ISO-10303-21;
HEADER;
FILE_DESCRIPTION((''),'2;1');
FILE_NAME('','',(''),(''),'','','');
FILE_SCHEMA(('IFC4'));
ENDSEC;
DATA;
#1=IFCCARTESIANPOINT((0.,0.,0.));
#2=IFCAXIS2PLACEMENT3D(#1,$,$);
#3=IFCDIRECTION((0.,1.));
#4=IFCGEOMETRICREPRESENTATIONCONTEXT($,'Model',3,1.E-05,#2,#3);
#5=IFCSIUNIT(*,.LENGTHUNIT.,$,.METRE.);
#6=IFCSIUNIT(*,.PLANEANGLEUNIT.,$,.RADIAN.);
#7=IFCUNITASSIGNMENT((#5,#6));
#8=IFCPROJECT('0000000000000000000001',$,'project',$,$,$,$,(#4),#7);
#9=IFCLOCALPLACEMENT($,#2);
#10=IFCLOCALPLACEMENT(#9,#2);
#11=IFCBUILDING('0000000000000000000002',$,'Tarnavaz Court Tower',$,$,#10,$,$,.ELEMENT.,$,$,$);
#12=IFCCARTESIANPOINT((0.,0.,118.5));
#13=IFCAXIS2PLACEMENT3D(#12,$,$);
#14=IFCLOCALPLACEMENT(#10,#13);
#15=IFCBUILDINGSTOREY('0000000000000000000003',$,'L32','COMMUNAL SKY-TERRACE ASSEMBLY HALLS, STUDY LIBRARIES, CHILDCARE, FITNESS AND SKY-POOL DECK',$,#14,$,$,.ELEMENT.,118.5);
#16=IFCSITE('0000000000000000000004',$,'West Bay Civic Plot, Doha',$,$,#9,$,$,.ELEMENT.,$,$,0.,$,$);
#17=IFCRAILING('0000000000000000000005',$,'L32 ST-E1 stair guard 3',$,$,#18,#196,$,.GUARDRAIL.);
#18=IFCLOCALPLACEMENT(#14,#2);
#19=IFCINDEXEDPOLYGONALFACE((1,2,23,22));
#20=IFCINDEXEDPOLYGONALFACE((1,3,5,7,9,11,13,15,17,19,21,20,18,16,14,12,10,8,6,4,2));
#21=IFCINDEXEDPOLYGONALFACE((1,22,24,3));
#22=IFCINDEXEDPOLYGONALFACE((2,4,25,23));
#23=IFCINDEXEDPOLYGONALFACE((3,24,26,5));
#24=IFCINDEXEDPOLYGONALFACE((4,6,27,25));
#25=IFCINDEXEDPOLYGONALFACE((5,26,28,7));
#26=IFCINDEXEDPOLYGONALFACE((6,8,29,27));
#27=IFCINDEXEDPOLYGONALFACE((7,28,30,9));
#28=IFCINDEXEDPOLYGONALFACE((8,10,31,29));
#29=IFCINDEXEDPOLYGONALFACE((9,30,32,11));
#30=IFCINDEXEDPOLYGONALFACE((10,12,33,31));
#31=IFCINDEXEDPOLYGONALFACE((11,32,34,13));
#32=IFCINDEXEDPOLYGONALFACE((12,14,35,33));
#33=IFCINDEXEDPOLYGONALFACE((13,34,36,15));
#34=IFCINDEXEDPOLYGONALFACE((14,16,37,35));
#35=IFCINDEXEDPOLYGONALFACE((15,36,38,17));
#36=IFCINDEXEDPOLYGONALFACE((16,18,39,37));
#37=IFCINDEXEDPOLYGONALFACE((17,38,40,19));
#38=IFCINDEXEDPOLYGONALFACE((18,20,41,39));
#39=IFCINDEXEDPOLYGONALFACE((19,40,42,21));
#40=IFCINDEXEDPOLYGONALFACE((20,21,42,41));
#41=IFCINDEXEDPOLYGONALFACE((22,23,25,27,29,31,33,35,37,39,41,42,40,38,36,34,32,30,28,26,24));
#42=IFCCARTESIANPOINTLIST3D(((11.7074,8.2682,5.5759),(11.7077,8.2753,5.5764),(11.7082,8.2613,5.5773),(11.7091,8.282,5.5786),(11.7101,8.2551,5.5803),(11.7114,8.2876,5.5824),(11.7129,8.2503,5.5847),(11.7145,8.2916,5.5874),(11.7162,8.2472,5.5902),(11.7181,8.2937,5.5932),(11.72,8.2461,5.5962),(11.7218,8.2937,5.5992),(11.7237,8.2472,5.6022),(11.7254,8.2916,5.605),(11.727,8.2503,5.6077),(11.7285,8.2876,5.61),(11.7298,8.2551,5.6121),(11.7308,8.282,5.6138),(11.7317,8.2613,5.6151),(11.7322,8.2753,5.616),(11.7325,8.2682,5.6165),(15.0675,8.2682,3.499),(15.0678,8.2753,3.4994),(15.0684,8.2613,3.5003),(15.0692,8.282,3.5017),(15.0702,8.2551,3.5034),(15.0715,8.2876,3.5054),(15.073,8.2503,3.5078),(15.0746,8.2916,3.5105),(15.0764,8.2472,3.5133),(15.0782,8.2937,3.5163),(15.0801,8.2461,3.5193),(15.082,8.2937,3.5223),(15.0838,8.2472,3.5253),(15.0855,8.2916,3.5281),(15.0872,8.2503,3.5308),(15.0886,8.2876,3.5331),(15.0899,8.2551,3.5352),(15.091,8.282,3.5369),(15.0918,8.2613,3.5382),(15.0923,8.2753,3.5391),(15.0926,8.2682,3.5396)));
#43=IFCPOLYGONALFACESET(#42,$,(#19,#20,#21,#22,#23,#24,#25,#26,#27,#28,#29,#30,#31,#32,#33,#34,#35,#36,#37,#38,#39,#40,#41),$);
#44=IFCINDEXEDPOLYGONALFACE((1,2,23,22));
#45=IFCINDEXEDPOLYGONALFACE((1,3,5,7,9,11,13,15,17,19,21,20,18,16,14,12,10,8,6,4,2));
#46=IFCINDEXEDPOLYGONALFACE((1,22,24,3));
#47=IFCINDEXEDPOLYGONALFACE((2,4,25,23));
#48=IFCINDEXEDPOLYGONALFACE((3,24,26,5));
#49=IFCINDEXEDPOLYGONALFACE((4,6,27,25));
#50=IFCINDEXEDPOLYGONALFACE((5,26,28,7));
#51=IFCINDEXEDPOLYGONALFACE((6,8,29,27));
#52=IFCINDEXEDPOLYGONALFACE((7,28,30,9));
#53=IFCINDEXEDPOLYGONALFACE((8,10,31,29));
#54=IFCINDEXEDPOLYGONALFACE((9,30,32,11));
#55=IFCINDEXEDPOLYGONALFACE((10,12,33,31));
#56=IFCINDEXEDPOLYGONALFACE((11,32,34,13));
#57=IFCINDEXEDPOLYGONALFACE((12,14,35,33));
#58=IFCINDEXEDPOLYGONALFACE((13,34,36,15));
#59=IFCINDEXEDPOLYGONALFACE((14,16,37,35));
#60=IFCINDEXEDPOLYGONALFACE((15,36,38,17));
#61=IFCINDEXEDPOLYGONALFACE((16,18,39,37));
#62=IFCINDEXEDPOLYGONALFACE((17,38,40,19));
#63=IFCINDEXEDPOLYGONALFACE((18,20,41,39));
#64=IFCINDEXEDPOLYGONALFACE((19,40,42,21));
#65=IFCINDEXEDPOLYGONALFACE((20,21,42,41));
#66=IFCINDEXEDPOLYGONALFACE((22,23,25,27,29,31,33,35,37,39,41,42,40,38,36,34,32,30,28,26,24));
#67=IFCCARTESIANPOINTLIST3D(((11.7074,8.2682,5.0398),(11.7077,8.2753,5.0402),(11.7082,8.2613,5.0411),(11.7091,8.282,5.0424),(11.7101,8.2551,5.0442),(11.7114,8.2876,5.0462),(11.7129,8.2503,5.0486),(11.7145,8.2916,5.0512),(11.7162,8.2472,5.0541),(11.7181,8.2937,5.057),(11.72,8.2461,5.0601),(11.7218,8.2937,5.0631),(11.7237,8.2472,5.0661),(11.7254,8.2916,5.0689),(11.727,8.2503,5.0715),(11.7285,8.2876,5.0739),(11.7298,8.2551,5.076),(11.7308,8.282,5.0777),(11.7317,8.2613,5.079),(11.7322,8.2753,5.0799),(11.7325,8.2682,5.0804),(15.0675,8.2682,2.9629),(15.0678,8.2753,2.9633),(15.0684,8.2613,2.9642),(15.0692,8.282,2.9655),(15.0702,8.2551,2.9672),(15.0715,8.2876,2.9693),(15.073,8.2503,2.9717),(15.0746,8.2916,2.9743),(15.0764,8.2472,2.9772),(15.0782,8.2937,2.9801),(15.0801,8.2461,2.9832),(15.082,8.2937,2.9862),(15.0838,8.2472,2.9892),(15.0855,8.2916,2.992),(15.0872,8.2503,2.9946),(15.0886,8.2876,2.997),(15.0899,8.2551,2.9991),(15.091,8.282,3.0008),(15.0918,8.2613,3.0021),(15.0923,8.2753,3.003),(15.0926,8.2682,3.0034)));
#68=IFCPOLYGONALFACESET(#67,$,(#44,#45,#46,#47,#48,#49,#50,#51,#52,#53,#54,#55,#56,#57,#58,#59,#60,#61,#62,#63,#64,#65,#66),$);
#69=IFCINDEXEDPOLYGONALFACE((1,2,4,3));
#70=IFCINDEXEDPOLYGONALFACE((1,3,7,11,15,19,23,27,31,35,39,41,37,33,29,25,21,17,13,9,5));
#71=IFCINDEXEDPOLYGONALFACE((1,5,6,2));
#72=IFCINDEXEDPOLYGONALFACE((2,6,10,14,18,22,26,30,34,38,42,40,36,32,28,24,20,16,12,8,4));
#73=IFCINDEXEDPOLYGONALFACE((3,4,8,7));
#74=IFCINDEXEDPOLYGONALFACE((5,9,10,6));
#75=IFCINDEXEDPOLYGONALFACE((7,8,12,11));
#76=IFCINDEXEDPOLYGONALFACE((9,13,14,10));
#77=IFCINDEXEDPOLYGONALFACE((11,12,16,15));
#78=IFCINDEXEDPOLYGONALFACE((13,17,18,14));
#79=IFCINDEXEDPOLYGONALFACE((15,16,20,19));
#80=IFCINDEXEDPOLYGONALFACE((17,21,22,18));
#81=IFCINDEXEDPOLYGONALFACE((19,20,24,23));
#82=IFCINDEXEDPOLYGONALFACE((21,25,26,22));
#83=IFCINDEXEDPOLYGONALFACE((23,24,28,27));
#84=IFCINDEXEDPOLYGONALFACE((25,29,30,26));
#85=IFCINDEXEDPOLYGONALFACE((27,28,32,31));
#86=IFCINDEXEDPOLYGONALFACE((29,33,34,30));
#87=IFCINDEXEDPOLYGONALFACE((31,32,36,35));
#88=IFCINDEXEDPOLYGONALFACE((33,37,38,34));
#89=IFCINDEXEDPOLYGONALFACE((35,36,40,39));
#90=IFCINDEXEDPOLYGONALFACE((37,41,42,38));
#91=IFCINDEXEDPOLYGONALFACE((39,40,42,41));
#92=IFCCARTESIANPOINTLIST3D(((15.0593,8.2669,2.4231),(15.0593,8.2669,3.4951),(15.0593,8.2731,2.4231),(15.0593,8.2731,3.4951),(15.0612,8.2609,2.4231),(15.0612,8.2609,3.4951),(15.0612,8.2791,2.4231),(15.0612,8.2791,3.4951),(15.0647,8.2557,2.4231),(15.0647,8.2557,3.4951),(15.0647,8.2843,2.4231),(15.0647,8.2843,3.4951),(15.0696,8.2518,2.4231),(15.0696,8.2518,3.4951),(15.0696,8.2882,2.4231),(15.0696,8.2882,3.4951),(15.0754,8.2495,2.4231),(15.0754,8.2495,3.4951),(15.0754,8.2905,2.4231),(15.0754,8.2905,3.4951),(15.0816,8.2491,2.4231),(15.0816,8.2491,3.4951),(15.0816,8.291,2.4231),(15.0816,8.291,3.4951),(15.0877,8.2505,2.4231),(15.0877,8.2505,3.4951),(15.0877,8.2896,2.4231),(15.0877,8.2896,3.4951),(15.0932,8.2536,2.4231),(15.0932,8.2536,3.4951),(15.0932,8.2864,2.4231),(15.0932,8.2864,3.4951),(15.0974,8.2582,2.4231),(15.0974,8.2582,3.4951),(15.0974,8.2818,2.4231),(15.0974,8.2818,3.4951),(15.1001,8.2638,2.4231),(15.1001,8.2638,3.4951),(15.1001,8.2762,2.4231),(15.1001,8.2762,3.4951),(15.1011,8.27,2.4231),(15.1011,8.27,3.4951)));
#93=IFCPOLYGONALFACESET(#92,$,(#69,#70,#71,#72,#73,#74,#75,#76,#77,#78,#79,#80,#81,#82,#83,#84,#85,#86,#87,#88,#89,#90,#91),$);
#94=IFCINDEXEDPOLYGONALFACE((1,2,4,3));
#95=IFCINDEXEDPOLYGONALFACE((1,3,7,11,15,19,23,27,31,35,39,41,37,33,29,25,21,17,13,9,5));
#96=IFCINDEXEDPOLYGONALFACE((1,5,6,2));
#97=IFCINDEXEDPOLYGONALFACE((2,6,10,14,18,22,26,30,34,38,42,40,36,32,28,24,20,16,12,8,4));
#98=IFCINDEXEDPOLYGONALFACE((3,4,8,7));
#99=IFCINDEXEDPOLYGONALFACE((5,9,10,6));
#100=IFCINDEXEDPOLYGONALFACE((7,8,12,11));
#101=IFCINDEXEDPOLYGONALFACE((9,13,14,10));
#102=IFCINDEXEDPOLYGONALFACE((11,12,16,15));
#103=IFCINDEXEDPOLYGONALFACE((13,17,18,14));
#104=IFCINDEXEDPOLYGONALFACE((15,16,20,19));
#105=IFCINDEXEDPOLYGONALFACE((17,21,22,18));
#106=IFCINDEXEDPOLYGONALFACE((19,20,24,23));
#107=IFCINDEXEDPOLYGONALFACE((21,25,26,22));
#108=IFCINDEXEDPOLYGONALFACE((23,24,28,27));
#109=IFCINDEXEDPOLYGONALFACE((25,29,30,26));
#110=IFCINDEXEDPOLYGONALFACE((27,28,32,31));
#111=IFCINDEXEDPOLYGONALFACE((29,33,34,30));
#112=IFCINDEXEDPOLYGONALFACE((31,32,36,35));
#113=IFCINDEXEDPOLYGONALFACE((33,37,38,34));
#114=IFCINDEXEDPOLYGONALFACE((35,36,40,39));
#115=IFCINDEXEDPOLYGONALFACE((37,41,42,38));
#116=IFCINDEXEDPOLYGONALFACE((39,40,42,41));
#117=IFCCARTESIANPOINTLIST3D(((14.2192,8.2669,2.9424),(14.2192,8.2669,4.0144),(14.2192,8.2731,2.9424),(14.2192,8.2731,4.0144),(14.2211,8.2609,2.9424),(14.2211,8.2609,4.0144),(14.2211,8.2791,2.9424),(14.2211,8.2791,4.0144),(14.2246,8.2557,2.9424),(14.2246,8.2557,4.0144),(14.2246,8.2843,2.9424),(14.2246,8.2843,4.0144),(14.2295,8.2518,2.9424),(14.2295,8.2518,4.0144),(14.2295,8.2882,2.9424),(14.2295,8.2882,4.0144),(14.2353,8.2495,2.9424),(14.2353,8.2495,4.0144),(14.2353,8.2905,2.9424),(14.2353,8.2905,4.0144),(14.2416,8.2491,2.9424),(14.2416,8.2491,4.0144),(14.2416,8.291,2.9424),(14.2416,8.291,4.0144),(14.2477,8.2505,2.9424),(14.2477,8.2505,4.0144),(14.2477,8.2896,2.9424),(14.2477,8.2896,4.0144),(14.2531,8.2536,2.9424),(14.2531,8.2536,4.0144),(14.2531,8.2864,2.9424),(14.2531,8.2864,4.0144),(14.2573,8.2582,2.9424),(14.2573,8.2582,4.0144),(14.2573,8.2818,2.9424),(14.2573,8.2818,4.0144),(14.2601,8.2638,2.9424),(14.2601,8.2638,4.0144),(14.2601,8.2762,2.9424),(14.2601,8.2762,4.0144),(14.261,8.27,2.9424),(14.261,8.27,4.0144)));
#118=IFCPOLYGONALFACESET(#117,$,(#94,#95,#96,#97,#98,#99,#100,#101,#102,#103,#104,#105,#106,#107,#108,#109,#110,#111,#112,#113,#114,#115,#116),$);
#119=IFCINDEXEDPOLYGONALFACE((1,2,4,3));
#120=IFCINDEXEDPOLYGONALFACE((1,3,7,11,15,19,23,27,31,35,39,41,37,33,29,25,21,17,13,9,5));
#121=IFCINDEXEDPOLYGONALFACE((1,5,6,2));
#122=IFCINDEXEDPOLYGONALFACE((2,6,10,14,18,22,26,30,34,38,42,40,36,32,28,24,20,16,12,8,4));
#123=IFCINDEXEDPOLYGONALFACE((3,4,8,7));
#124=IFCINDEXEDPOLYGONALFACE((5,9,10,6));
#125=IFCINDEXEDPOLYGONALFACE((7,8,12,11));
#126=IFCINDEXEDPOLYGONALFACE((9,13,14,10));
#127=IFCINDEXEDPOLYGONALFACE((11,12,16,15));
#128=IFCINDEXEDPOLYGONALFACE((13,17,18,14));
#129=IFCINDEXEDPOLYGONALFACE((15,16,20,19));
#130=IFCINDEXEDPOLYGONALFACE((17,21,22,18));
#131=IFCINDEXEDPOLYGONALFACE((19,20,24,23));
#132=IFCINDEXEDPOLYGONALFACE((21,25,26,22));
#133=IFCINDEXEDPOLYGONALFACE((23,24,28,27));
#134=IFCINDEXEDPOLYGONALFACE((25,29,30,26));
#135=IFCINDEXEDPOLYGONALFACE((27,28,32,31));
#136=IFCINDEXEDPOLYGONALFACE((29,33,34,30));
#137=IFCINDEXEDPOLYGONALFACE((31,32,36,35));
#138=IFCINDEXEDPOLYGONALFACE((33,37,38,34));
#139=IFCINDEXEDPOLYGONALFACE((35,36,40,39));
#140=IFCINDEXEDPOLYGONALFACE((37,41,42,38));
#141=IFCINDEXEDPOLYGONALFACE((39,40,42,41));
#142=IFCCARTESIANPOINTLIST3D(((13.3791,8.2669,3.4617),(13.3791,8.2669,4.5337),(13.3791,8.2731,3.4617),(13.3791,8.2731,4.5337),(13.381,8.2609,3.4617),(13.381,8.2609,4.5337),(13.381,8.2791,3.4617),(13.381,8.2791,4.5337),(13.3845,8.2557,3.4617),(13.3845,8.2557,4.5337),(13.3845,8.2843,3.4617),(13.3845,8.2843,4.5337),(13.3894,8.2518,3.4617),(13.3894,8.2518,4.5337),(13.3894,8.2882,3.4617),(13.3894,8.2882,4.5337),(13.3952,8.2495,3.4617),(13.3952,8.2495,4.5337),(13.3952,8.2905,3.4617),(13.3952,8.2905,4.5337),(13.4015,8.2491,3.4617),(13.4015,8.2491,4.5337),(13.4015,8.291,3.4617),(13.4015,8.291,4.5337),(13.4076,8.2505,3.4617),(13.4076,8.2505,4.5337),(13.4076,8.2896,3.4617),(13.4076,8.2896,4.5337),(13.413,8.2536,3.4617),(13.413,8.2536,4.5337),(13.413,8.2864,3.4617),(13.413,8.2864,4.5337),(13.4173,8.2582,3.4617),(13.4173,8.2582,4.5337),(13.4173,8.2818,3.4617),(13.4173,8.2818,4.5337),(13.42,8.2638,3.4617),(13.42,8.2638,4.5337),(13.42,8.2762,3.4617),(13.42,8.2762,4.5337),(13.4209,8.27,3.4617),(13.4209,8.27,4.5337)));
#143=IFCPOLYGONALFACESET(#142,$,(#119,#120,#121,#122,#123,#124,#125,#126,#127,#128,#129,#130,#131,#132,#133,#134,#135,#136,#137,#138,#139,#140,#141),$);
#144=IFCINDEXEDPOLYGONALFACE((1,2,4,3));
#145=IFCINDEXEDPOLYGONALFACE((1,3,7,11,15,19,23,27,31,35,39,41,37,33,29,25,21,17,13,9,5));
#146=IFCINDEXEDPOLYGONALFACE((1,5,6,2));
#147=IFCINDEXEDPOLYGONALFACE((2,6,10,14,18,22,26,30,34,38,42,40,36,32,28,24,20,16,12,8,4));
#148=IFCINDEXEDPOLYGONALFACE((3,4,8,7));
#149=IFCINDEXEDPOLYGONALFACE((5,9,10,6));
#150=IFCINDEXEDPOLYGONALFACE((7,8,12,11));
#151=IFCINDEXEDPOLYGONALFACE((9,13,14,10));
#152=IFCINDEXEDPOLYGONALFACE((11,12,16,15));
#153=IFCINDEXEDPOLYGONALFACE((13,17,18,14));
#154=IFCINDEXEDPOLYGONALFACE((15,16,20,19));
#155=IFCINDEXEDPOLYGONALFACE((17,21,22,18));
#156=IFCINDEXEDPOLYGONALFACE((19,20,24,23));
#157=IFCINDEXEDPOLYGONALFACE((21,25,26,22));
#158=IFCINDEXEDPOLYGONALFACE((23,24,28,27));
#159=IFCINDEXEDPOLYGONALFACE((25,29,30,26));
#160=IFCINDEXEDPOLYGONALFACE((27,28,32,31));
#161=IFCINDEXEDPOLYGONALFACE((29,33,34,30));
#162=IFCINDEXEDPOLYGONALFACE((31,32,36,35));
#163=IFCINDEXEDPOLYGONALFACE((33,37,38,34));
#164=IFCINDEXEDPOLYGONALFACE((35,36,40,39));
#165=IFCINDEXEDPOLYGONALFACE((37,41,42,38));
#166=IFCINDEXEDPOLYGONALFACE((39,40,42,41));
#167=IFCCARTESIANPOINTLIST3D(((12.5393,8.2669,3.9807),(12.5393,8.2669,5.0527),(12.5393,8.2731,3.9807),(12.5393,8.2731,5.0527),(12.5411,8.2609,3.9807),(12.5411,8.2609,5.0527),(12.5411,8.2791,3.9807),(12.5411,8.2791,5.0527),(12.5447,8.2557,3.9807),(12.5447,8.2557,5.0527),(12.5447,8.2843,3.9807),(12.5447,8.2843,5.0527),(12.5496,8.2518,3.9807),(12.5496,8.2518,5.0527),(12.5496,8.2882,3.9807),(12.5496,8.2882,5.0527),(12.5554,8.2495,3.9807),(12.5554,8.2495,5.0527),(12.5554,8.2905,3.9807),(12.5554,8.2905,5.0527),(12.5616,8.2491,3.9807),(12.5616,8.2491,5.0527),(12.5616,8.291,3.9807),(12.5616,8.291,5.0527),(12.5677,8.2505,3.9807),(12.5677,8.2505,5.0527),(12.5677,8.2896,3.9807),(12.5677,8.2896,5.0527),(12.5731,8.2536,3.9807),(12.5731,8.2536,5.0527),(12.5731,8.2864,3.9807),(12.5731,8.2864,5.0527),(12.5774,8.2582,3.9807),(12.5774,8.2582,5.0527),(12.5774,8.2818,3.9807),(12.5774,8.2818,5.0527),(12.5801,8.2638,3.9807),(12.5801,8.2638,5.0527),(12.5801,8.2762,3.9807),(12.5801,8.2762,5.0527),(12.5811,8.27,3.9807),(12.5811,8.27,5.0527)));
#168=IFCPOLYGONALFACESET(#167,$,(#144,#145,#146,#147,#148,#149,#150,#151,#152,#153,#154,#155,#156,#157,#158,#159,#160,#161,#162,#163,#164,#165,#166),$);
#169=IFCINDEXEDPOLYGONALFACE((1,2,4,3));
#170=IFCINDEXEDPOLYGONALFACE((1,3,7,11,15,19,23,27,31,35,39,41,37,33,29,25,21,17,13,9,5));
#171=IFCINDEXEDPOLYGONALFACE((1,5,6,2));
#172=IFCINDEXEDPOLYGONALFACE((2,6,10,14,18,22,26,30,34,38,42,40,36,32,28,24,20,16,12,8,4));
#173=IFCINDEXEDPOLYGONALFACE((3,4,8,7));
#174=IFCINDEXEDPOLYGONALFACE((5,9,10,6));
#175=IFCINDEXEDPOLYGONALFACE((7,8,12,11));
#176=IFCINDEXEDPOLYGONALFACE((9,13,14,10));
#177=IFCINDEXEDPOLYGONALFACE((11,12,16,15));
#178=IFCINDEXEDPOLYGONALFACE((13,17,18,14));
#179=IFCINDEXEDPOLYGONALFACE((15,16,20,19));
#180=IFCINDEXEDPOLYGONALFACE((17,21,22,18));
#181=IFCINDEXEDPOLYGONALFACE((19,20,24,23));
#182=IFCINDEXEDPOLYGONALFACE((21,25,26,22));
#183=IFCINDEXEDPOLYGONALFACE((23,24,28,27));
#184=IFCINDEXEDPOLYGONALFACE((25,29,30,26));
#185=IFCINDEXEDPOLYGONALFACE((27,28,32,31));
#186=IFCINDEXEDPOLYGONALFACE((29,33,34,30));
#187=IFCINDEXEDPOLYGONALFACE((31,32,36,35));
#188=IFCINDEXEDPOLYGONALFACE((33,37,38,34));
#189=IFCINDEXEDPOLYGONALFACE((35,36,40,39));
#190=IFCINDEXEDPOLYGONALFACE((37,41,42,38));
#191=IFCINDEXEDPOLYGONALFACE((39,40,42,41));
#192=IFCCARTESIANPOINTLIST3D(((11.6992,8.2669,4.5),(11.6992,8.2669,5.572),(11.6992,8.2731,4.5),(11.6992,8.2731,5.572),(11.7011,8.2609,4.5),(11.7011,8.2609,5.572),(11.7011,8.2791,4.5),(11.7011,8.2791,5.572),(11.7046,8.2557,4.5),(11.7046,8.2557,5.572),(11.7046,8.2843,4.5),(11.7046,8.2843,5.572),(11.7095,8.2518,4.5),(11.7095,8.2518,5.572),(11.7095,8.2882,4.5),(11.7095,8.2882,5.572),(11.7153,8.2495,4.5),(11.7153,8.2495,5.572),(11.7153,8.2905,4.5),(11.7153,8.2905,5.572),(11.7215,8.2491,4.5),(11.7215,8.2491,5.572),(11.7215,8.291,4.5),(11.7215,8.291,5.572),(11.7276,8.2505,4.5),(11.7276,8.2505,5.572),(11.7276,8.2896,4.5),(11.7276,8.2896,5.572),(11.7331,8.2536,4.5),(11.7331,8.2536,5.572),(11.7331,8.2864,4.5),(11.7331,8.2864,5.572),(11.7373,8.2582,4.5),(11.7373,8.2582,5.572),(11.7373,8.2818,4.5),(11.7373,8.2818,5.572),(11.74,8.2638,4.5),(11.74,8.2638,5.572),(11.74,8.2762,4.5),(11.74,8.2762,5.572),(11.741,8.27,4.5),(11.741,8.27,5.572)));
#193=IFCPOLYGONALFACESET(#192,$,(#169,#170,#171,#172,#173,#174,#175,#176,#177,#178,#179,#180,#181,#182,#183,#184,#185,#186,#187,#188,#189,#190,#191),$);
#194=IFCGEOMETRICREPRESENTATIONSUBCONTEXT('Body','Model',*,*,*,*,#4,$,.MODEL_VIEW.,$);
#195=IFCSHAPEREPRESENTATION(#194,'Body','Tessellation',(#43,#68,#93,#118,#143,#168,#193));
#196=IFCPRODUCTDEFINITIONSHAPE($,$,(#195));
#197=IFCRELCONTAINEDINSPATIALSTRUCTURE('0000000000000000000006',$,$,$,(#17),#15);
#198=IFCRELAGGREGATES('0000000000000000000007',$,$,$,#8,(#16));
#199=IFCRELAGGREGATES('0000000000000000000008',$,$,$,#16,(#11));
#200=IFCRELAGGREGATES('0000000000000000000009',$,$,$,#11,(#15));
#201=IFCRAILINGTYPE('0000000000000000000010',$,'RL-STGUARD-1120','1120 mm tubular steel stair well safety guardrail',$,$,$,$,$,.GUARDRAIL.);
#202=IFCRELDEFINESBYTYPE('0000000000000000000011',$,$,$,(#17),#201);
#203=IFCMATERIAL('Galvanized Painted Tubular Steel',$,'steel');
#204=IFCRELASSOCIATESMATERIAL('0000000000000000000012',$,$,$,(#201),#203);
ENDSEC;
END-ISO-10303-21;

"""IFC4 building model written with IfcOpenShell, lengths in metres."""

from ifc_helpers import new_model, si_unit, direction, frame, origin, origin_2d, place, context, subcontext, project, spatial, circle, extrude, material, type_object, element, save


model = new_model("IFC4")

# Units and contexts
model_context = context("Model", 3, precision=1e-05, world=origin(), true_north=direction((0.0, 1.0)))
body_context = subcontext(model_context, "Body", "Model", "MODEL_VIEW")
ifc_project = project(units=[si_unit("LENGTHUNIT", "METRE"), si_unit("PLANEANGLEUNIT", "RADIAN")], contexts=[model_context])

# Site, building, storey
site_placement = place(None, origin())
site = spatial("IfcSite", under=ifc_project, at=site_placement, Name="West Bay Civic Plot, Doha", CompositionType="ELEMENT", RefElevation=0.0)
building_placement = place(site_placement, origin())
building = spatial("IfcBuilding", under=site, at=building_placement, Name="Tarnavaz Court Tower", CompositionType="ELEMENT")
storey_placement = place(building_placement, frame((0.0, 0.0, 118.5)))
storey = spatial("IfcBuildingStorey", under=building, at=storey_placement, Name="L32", Description="COMMUNAL SKY-TERRACE ASSEMBLY HALLS, STUDY LIBRARIES, CHILDCARE, FITNESS AND SKY-POOL DECK", CompositionType="ELEMENT", Elevation=118.5)

# Railing
ifc_material_1 = material(Name="Galvanized Painted Tubular Steel", Category="steel")
railing_type_1 = type_object("IfcRailingType", Name="RL-STGUARD-1120", Description="1120 mm tubular steel stair well safety guardrail", PredefinedType="GUARDRAIL", material=ifc_material_1)
railing_1_placement = place(storey_placement, frame((15.0801, 8.27, 2.4231)))
element("IfcRailing", 1, at=railing_1_placement, inside=storey, type_object=railing_type_1, Name="L32 ST-E1 stair guard 3", PredefinedType="GUARDRAIL", context=body_context, shape_type="SweptSolid", body=[
    extrude(circle(Radius=0.0239, at=origin_2d()), frame((0.0, 0.0, 1.0962), z_axis=(-0.850623, 0.0, 0.525776), x_axis=(0.0, -1.0, 0.0)), (0.0, 0.0, 1.0), 3.9502),
    extrude(circle(Radius=0.0239, at=origin_2d()), frame((0.0, 0.0, 0.5601), z_axis=(-0.850623, 0.0, 0.525776), x_axis=(0.0, -1.0, 0.0)), (0.0, 0.0, 1.0), 3.9502),
    extrude(circle(Radius=0.021, at=origin_2d()), origin(), (0.0, 0.0, 1.0), 1.072),
    extrude(circle(Radius=0.021, at=origin_2d()), frame((-0.8401, 0.0, 0.5193)), (0.0, 0.0, 1.0), 1.072),
    extrude(circle(Radius=0.021, at=origin_2d()), frame((-1.6802, 0.0, 1.0386)), (0.0, 0.0, 1.0), 1.072),
    extrude(circle(Radius=0.021, at=origin_2d()), frame((-2.52, 0.0, 1.5576)), (0.0, 0.0, 1.0), 1.072),
    extrude(circle(Radius=0.021, at=origin_2d()), frame((-3.3601, 0.0, 2.0769)), (0.0, 0.0, 1.0), 1.072),
])

save(model, "model.ifc")
